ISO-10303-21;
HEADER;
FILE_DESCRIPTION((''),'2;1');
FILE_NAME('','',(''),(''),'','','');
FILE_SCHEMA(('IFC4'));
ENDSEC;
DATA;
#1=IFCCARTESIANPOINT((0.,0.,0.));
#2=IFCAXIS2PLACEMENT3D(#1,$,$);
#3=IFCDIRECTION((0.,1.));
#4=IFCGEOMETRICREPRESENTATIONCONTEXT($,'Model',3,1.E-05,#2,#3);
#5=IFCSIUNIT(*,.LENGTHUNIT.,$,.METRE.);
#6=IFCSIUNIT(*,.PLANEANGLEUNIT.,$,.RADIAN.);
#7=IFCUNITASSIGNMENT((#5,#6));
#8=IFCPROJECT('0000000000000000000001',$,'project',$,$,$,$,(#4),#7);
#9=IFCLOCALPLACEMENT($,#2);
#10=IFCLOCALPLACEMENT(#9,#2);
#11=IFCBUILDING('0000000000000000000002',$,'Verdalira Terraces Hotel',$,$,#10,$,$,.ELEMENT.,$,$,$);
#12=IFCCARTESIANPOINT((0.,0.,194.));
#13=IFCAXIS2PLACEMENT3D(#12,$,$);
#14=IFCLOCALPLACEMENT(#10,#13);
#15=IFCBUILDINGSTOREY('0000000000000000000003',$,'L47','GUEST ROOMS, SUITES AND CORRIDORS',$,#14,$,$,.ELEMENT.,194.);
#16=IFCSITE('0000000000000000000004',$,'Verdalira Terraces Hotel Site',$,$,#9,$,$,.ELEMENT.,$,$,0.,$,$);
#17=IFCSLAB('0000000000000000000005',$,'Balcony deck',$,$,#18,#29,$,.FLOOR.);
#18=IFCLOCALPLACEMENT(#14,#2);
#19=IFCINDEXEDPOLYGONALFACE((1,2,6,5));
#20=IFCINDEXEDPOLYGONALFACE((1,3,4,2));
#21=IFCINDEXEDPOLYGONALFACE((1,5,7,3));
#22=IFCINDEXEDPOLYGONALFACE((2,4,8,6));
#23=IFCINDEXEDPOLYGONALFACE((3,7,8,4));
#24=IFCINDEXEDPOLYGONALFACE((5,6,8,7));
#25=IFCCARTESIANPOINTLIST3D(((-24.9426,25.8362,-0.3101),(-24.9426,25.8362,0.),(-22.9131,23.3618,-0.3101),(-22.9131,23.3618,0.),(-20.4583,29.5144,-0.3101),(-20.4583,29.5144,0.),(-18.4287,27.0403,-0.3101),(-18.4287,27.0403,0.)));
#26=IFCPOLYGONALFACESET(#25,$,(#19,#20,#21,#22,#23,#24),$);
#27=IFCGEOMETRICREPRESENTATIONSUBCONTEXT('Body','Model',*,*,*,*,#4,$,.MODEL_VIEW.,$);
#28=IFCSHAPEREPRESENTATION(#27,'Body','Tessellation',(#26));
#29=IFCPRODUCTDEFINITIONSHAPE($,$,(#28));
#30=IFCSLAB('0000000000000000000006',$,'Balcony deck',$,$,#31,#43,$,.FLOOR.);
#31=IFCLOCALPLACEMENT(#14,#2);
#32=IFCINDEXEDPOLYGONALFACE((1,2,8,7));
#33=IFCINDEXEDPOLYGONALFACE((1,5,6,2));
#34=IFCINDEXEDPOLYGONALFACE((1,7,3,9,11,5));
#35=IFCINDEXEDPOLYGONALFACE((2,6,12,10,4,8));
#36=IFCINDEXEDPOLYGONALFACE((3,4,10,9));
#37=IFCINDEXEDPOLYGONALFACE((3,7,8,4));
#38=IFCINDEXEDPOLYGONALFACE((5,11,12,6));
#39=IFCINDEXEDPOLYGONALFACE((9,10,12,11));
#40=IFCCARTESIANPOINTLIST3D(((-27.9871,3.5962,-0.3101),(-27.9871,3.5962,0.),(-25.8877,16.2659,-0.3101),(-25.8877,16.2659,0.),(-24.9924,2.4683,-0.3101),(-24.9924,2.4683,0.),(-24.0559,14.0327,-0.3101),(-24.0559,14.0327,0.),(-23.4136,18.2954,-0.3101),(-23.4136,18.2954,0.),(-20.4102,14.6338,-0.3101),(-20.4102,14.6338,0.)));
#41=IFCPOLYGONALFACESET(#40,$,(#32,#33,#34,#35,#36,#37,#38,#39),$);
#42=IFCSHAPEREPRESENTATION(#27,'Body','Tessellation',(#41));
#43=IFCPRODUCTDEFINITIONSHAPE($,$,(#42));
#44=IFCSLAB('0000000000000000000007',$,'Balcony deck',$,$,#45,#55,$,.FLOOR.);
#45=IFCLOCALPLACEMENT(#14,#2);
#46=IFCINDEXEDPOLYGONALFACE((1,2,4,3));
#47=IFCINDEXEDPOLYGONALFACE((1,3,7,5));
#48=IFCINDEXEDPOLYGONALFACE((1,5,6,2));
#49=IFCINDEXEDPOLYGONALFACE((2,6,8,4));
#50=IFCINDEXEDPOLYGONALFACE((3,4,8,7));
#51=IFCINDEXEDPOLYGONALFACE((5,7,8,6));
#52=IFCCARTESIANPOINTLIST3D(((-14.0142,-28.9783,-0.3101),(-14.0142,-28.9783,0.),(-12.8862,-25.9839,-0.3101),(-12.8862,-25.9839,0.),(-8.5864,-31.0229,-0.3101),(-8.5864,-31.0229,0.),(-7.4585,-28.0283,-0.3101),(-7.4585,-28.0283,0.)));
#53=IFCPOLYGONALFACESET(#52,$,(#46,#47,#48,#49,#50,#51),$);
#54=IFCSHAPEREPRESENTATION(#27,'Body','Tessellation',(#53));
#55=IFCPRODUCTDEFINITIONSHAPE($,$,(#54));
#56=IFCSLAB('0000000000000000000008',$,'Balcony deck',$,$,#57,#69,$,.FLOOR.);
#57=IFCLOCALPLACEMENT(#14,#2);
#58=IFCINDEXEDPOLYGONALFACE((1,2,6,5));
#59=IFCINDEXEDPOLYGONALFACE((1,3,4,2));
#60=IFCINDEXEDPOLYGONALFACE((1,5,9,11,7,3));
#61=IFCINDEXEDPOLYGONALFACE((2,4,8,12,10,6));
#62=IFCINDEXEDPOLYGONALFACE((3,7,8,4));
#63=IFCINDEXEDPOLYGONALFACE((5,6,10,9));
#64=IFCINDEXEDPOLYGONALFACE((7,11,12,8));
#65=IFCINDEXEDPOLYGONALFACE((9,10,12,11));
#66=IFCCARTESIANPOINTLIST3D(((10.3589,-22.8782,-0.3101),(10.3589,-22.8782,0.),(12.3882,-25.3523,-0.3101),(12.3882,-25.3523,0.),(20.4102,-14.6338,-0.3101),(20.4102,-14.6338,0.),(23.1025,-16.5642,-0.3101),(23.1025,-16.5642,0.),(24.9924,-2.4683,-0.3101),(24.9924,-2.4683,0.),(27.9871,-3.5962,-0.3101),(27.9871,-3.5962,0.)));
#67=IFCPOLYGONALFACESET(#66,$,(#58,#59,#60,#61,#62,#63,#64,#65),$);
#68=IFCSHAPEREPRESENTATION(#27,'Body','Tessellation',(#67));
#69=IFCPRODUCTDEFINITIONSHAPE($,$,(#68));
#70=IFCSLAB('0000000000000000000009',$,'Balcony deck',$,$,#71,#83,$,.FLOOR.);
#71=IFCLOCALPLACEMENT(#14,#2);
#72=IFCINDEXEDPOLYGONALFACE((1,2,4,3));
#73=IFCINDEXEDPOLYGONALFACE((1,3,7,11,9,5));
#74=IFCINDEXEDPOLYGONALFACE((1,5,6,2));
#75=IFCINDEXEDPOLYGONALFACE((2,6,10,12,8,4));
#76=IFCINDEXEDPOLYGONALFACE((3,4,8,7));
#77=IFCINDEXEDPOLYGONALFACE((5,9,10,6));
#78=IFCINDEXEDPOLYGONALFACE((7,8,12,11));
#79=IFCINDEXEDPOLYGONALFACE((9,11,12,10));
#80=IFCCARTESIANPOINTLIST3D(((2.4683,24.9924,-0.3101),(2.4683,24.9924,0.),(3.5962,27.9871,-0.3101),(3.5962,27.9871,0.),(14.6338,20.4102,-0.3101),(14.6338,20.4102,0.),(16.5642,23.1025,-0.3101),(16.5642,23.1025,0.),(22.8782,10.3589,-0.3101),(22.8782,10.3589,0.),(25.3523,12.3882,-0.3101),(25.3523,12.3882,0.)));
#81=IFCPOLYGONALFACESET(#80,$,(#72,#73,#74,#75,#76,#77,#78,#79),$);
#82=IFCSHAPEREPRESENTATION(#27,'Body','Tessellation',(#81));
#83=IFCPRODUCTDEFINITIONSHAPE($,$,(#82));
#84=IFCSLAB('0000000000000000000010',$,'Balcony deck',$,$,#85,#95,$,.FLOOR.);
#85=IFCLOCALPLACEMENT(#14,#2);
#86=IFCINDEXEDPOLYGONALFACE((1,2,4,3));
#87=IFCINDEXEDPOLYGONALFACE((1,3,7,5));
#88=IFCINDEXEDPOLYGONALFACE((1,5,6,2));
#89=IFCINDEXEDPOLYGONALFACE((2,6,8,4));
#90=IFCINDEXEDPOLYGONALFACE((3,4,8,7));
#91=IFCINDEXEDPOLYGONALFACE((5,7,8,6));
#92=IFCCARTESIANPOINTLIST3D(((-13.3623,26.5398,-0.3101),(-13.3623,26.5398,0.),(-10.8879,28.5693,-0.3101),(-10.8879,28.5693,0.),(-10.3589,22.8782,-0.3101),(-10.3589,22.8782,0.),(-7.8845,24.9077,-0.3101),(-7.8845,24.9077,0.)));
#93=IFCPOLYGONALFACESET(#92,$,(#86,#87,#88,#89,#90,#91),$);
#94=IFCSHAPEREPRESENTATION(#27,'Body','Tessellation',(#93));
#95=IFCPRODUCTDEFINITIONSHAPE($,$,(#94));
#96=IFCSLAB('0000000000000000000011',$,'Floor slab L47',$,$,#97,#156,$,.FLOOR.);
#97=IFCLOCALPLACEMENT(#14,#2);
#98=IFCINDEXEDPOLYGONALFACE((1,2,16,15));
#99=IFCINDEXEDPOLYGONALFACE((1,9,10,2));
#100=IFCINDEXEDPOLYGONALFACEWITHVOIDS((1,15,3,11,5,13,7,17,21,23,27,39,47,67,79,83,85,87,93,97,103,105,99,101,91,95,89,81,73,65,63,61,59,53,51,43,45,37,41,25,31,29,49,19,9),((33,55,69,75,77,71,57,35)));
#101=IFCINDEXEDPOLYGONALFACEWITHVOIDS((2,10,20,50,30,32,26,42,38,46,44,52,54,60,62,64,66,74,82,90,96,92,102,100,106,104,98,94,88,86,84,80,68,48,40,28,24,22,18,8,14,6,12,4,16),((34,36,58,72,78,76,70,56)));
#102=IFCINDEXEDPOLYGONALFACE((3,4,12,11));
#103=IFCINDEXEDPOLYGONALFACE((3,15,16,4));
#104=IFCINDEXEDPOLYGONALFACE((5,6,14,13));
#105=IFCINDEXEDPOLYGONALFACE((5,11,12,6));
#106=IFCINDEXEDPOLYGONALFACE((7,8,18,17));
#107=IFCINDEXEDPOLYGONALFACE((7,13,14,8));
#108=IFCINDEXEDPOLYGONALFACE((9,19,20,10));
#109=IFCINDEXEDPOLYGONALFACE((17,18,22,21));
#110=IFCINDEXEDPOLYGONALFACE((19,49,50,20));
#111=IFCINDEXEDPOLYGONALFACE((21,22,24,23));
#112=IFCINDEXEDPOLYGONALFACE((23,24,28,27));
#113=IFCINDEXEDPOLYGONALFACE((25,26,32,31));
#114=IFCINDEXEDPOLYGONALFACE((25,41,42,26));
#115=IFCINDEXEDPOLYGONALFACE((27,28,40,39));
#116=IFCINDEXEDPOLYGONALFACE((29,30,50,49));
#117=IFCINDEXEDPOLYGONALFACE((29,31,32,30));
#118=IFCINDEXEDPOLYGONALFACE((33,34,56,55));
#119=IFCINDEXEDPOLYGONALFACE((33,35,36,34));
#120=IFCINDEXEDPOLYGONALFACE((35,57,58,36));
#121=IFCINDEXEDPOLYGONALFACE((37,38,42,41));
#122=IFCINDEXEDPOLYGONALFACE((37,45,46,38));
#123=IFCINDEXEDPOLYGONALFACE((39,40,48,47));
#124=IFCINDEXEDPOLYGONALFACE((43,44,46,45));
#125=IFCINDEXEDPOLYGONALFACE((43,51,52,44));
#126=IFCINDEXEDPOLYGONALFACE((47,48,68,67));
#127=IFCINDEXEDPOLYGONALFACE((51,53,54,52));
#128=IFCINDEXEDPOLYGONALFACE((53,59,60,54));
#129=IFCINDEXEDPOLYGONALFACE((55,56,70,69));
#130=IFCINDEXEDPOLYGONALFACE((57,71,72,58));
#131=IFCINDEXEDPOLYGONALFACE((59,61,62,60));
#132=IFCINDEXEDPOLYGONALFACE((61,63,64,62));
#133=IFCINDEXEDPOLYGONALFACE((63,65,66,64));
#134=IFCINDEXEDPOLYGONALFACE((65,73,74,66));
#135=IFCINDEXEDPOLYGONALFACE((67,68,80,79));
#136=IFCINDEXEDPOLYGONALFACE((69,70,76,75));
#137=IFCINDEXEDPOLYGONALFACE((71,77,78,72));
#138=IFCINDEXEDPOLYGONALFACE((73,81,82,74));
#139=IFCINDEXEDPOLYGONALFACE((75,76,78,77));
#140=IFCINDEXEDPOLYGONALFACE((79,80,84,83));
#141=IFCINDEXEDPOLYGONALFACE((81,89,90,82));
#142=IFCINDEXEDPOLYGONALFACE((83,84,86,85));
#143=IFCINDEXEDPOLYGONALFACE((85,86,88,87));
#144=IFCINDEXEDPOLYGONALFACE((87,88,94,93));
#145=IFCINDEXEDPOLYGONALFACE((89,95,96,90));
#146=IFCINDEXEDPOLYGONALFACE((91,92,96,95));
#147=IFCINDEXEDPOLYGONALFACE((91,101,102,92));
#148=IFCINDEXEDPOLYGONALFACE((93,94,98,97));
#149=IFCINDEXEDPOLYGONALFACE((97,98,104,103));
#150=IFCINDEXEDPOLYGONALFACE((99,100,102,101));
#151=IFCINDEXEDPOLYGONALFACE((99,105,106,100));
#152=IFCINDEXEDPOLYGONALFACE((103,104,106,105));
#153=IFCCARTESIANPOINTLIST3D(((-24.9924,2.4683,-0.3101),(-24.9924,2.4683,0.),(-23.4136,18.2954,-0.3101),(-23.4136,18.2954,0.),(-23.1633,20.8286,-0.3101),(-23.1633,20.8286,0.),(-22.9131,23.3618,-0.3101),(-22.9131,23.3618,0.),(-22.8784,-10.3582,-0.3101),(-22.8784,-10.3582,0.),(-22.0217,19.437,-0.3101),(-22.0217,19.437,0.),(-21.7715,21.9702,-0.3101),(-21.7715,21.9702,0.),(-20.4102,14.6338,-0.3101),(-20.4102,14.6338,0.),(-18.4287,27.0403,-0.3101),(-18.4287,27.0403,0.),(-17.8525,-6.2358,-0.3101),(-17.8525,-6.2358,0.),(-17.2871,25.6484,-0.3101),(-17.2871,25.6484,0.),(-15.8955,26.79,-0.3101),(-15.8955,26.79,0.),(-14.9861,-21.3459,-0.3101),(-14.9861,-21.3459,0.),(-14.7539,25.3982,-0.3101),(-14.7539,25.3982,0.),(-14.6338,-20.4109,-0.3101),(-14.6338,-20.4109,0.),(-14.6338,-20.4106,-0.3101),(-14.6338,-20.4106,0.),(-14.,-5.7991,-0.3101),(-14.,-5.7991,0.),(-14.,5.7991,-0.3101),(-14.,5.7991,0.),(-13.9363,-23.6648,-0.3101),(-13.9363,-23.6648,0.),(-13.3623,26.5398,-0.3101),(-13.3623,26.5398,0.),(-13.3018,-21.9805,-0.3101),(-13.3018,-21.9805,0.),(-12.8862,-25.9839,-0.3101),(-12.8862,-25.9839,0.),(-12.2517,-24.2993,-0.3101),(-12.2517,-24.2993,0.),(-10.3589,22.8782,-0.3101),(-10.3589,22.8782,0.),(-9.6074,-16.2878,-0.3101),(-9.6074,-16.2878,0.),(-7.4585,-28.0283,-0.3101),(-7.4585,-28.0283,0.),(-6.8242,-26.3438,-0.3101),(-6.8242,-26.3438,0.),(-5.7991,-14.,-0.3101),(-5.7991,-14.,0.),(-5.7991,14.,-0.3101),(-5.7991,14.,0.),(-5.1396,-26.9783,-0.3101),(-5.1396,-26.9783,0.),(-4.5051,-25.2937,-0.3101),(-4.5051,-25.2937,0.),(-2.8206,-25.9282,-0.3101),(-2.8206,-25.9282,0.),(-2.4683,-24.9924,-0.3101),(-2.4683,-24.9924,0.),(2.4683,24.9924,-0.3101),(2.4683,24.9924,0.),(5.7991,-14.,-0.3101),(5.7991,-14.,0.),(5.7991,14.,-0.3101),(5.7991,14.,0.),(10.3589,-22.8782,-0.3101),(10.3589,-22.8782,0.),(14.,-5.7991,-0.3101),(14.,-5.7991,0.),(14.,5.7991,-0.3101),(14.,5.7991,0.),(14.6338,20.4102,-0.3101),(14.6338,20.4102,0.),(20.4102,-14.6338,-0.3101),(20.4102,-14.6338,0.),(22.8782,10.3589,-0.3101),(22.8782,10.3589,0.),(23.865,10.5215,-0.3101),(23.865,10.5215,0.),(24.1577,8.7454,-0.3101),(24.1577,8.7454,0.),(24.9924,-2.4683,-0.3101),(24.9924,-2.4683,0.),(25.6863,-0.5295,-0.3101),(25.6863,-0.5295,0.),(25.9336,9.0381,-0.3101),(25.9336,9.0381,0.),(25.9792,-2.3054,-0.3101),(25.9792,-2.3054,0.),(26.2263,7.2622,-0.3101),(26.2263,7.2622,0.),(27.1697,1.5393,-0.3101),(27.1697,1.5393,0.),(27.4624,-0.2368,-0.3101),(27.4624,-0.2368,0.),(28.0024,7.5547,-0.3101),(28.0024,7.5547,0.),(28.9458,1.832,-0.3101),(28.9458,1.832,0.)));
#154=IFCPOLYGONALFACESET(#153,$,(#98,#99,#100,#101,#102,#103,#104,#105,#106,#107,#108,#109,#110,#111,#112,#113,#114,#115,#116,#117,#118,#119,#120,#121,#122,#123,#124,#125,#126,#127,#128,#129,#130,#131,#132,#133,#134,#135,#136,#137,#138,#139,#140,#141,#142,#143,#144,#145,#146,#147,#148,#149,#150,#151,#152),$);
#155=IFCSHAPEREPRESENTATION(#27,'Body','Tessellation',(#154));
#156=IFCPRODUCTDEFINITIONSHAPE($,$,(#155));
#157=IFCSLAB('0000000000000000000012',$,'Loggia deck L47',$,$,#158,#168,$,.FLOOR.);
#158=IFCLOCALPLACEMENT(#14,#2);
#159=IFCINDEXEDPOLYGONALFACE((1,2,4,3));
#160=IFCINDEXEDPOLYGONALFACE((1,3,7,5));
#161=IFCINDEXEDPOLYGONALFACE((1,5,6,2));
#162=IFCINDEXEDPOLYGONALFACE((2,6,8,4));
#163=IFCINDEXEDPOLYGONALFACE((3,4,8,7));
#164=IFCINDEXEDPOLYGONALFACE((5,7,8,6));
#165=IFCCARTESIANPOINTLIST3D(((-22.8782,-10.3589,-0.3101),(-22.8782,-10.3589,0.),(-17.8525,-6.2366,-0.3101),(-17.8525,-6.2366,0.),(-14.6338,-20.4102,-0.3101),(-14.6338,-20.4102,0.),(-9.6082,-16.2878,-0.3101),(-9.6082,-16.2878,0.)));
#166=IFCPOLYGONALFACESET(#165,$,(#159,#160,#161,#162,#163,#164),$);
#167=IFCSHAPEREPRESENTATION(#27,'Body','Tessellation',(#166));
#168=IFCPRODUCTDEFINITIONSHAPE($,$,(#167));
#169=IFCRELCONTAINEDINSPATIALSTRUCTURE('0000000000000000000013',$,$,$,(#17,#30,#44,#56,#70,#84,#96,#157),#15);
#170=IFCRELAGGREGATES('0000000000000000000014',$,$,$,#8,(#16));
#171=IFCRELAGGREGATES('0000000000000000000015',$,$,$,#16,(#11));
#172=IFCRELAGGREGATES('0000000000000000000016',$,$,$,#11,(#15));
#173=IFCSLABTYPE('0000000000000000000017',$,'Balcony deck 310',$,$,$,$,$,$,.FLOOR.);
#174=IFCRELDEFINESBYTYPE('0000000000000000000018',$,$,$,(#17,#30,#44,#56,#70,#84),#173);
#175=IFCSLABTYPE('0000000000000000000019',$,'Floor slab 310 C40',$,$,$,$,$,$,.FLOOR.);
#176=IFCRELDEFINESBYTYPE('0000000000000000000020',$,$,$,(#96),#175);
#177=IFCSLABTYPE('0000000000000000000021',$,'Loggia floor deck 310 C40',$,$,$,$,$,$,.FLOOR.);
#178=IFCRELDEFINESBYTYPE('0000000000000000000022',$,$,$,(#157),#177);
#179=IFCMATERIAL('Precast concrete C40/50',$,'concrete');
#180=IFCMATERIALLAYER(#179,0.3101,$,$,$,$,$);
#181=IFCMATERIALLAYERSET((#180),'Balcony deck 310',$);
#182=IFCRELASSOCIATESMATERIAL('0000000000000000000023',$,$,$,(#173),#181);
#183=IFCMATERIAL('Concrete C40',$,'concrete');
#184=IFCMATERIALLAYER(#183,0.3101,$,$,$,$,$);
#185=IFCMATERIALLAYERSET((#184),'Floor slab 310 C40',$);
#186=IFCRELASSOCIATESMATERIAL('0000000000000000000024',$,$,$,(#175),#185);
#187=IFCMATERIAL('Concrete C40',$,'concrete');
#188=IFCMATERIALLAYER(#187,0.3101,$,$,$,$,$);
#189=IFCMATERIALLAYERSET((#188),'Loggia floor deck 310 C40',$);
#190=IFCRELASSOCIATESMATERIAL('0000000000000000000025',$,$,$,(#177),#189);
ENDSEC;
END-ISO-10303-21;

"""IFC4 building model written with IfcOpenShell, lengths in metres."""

from ifc_helpers import new_model, si_unit, direction, frame, origin, place, context, subcontext, project, spatial, polyline, outline, extrude, material, layer, layer_set, type_object, element, save


model = new_model("IFC4")

# Units and contexts
model_context = context("Model", 3, precision=1e-05, world=origin(), true_north=direction((0.0, 1.0)))
body_context = subcontext(model_context, "Body", "Model", "MODEL_VIEW")
ifc_project = project(units=[si_unit("LENGTHUNIT", "METRE"), si_unit("PLANEANGLEUNIT", "RADIAN")], contexts=[model_context])

# Site, building, storey
site_placement = place(None, origin())
site = spatial("IfcSite", under=ifc_project, at=site_placement, Name="Verdalira Terraces Hotel Site", CompositionType="ELEMENT", RefElevation=0.0)
building_placement = place(site_placement, origin())
building = spatial("IfcBuilding", under=site, at=building_placement, Name="Verdalira Terraces Hotel", CompositionType="ELEMENT")
storey_placement = place(building_placement, frame((0.0, 0.0, 194.0)))
storey = spatial("IfcBuildingStorey", under=building, at=storey_placement, Name="L47", Description="GUEST ROOMS, SUITES AND CORRIDORS", CompositionType="ELEMENT", Elevation=194.0)

# Slabs
ifc_material_1 = material(Name="Precast concrete C40/50", Category="concrete")
ifc_layer_1 = layer(ifc_material_1, 0.3101)
ifc_layer_set_1 = layer_set([ifc_layer_1], Name="Balcony deck 310")
slab_type_1 = type_object("IfcSlabType", Name="Balcony deck 310", PredefinedType="FLOOR", material=ifc_layer_set_1)
slab_1_placement = place(storey_placement, frame((0.0, 0.0, -0.3101)))
element("IfcSlab", 1, at=slab_1_placement, inside=storey, type_object=slab_type_1, Name="Balcony deck", PredefinedType="FLOOR", context=body_context, shape_type="SweptSolid", body=[
    extrude(outline(polyline([(-24.9426, 25.8362), (-22.9131, 23.3618), (-18.4287, 27.0403), (-20.4583, 29.5144), (-24.9426, 25.8362)])), origin(), (0.0, 0.0, 1.0), 0.3101),
])
slab_2_placement = place(storey_placement, frame((0.0, 0.0, -0.3101)))
element("IfcSlab", 2, at=slab_2_placement, inside=storey, type_object=slab_type_1, Name="Balcony deck", PredefinedType="FLOOR", context=body_context, shape_type="SweptSolid", body=[
    extrude(outline(polyline([(-24.0559, 14.0327), (-27.9871, 3.5962), (-24.9924, 2.4683), (-20.4102, 14.6338), (-23.4136, 18.2954), (-25.8877, 16.2659), (-24.0559, 14.0327)])), origin(), (0.0, 0.0, 1.0), 0.3101),
])
slab_3_placement = place(storey_placement, frame((0.0, 0.0, -0.3101)))
element("IfcSlab", 3, at=slab_3_placement, inside=storey, type_object=slab_type_1, Name="Balcony deck", PredefinedType="FLOOR", context=body_context, shape_type="SweptSolid", body=[
    extrude(outline(polyline([(-8.5864, -31.0229), (-7.4585, -28.0283), (-12.8862, -25.9839), (-14.0142, -28.9783), (-8.5864, -31.0229)])), origin(), (0.0, 0.0, 1.0), 0.3101),
])
slab_4_placement = place(storey_placement, frame((0.0, 0.0, -0.3101)))
element("IfcSlab", 4, at=slab_4_placement, inside=storey, type_object=slab_type_1, Name="Balcony deck", PredefinedType="FLOOR", context=body_context, shape_type="SweptSolid", body=[
    extrude(outline(polyline([(27.9871, -3.5962), (24.9924, -2.4683), (20.4102, -14.6338), (10.3589, -22.8782), (12.3882, -25.3523), (23.1025, -16.5642), (27.9871, -3.5962)])), origin(), (0.0, 0.0, 1.0), 0.3101),
])
slab_5_placement = place(storey_placement, frame((0.0, 0.0, -0.3101)))
element("IfcSlab", 5, at=slab_5_placement, inside=storey, type_object=slab_type_1, Name="Balcony deck", PredefinedType="FLOOR", context=body_context, shape_type="SweptSolid", body=[
    extrude(outline(polyline([(3.5962, 27.9871), (2.4683, 24.9924), (14.6338, 20.4102), (22.8782, 10.3589), (25.3523, 12.3882), (16.5642, 23.1025), (3.5962, 27.9871)])), origin(), (0.0, 0.0, 1.0), 0.3101),
])
slab_6_placement = place(storey_placement, frame((0.0, 0.0, -0.3101)))
element("IfcSlab", 6, at=slab_6_placement, inside=storey, type_object=slab_type_1, Name="Balcony deck", PredefinedType="FLOOR", context=body_context, shape_type="SweptSolid", body=[
    extrude(outline(polyline([(-10.8879, 28.5693), (-13.3623, 26.5398), (-10.3589, 22.8782), (-7.8845, 24.9077), (-10.8879, 28.5693)])), origin(), (0.0, 0.0, 1.0), 0.3101),
])
ifc_material_2 = material(Name="Concrete C40", Category="concrete")
ifc_layer_2 = layer(ifc_material_2, 0.3101)
ifc_layer_set_2 = layer_set([ifc_layer_2], Name="Floor slab 310 C40")
slab_type_2 = type_object("IfcSlabType", Name="Floor slab 310 C40", PredefinedType="FLOOR", material=ifc_layer_set_2)
slab_7_placement = place(storey_placement, frame((0.0, 0.0, -0.3101)))
element("IfcSlab", 7, at=slab_7_placement, inside=storey, type_object=slab_type_2, Name="Floor slab L47", PredefinedType="FLOOR", context=body_context, shape_type="SweptSolid", body=[
    extrude(outline(polyline([(-20.4102, 14.6338), (-24.9924, 2.4683), (-22.8784, -10.3582), (-17.8525, -6.2358), (-9.6074, -16.2878), (-14.6338, -20.4109), (-14.6338, -20.4106), (-14.9861, -21.3459), (-13.3018, -21.9805), (-13.9363, -23.6648), (-12.2517, -24.2993), (-12.8862, -25.9839), (-7.4585, -28.0283), (-6.8242, -26.3438), (-5.1396, -26.9783), (-4.5051, -25.2937), (-2.8206, -25.9282), (-2.4683, -24.9924), (10.3589, -22.8782), (20.4102, -14.6338), (24.9924, -2.4683), (25.9792, -2.3054), (25.6863, -0.5295), (27.4624, -0.2368), (27.1697, 1.5393), (28.9458, 1.832), (28.0024, 7.5547), (26.2263, 7.2622), (25.9336, 9.0381), (24.1577, 8.7454), (23.865, 10.5215), (22.8782, 10.3589), (14.6338, 20.4102), (2.4683, 24.9924), (-10.3589, 22.8782), (-13.3623, 26.5398), (-14.7539, 25.3982), (-15.8955, 26.79), (-17.2871, 25.6484), (-18.4287, 27.0403), (-22.9131, 23.3618), (-21.7715, 21.9702), (-23.1633, 20.8286), (-22.0217, 19.437), (-23.4136, 18.2954), (-20.4102, 14.6338)]), holes=[polyline([(5.7991, 14.0), (14.0, 5.7991), (14.0, -5.7991), (5.7991, -14.0), (-5.7991, -14.0), (-14.0, -5.7991), (-14.0, 5.7991), (-5.7991, 14.0), (5.7991, 14.0)])]), origin(), (0.0, 0.0, 1.0), 0.3101),
])
ifc_material_3 = material(Name="Concrete C40", Category="concrete")
ifc_layer_3 = layer(ifc_material_3, 0.3101)
ifc_layer_set_3 = layer_set([ifc_layer_3], Name="Loggia floor deck 310 C40")
slab_type_3 = type_object("IfcSlabType", Name="Loggia floor deck 310 C40", PredefinedType="FLOOR", material=ifc_layer_set_3)
slab_8_placement = place(storey_placement, frame((0.0, 0.0, -0.3101)))
element("IfcSlab", 8, at=slab_8_placement, inside=storey, type_object=slab_type_3, Name="Loggia deck L47", PredefinedType="FLOOR", context=body_context, shape_type="SweptSolid", body=[
    extrude(outline(polyline([(-17.8525, -6.2366), (-22.8782, -10.3589), (-14.6338, -20.4102), (-9.6082, -16.2878), (-17.8525, -6.2366)])), origin(), (0.0, 0.0, 1.0), 0.3101),
])

save(model, "model.ifc")
